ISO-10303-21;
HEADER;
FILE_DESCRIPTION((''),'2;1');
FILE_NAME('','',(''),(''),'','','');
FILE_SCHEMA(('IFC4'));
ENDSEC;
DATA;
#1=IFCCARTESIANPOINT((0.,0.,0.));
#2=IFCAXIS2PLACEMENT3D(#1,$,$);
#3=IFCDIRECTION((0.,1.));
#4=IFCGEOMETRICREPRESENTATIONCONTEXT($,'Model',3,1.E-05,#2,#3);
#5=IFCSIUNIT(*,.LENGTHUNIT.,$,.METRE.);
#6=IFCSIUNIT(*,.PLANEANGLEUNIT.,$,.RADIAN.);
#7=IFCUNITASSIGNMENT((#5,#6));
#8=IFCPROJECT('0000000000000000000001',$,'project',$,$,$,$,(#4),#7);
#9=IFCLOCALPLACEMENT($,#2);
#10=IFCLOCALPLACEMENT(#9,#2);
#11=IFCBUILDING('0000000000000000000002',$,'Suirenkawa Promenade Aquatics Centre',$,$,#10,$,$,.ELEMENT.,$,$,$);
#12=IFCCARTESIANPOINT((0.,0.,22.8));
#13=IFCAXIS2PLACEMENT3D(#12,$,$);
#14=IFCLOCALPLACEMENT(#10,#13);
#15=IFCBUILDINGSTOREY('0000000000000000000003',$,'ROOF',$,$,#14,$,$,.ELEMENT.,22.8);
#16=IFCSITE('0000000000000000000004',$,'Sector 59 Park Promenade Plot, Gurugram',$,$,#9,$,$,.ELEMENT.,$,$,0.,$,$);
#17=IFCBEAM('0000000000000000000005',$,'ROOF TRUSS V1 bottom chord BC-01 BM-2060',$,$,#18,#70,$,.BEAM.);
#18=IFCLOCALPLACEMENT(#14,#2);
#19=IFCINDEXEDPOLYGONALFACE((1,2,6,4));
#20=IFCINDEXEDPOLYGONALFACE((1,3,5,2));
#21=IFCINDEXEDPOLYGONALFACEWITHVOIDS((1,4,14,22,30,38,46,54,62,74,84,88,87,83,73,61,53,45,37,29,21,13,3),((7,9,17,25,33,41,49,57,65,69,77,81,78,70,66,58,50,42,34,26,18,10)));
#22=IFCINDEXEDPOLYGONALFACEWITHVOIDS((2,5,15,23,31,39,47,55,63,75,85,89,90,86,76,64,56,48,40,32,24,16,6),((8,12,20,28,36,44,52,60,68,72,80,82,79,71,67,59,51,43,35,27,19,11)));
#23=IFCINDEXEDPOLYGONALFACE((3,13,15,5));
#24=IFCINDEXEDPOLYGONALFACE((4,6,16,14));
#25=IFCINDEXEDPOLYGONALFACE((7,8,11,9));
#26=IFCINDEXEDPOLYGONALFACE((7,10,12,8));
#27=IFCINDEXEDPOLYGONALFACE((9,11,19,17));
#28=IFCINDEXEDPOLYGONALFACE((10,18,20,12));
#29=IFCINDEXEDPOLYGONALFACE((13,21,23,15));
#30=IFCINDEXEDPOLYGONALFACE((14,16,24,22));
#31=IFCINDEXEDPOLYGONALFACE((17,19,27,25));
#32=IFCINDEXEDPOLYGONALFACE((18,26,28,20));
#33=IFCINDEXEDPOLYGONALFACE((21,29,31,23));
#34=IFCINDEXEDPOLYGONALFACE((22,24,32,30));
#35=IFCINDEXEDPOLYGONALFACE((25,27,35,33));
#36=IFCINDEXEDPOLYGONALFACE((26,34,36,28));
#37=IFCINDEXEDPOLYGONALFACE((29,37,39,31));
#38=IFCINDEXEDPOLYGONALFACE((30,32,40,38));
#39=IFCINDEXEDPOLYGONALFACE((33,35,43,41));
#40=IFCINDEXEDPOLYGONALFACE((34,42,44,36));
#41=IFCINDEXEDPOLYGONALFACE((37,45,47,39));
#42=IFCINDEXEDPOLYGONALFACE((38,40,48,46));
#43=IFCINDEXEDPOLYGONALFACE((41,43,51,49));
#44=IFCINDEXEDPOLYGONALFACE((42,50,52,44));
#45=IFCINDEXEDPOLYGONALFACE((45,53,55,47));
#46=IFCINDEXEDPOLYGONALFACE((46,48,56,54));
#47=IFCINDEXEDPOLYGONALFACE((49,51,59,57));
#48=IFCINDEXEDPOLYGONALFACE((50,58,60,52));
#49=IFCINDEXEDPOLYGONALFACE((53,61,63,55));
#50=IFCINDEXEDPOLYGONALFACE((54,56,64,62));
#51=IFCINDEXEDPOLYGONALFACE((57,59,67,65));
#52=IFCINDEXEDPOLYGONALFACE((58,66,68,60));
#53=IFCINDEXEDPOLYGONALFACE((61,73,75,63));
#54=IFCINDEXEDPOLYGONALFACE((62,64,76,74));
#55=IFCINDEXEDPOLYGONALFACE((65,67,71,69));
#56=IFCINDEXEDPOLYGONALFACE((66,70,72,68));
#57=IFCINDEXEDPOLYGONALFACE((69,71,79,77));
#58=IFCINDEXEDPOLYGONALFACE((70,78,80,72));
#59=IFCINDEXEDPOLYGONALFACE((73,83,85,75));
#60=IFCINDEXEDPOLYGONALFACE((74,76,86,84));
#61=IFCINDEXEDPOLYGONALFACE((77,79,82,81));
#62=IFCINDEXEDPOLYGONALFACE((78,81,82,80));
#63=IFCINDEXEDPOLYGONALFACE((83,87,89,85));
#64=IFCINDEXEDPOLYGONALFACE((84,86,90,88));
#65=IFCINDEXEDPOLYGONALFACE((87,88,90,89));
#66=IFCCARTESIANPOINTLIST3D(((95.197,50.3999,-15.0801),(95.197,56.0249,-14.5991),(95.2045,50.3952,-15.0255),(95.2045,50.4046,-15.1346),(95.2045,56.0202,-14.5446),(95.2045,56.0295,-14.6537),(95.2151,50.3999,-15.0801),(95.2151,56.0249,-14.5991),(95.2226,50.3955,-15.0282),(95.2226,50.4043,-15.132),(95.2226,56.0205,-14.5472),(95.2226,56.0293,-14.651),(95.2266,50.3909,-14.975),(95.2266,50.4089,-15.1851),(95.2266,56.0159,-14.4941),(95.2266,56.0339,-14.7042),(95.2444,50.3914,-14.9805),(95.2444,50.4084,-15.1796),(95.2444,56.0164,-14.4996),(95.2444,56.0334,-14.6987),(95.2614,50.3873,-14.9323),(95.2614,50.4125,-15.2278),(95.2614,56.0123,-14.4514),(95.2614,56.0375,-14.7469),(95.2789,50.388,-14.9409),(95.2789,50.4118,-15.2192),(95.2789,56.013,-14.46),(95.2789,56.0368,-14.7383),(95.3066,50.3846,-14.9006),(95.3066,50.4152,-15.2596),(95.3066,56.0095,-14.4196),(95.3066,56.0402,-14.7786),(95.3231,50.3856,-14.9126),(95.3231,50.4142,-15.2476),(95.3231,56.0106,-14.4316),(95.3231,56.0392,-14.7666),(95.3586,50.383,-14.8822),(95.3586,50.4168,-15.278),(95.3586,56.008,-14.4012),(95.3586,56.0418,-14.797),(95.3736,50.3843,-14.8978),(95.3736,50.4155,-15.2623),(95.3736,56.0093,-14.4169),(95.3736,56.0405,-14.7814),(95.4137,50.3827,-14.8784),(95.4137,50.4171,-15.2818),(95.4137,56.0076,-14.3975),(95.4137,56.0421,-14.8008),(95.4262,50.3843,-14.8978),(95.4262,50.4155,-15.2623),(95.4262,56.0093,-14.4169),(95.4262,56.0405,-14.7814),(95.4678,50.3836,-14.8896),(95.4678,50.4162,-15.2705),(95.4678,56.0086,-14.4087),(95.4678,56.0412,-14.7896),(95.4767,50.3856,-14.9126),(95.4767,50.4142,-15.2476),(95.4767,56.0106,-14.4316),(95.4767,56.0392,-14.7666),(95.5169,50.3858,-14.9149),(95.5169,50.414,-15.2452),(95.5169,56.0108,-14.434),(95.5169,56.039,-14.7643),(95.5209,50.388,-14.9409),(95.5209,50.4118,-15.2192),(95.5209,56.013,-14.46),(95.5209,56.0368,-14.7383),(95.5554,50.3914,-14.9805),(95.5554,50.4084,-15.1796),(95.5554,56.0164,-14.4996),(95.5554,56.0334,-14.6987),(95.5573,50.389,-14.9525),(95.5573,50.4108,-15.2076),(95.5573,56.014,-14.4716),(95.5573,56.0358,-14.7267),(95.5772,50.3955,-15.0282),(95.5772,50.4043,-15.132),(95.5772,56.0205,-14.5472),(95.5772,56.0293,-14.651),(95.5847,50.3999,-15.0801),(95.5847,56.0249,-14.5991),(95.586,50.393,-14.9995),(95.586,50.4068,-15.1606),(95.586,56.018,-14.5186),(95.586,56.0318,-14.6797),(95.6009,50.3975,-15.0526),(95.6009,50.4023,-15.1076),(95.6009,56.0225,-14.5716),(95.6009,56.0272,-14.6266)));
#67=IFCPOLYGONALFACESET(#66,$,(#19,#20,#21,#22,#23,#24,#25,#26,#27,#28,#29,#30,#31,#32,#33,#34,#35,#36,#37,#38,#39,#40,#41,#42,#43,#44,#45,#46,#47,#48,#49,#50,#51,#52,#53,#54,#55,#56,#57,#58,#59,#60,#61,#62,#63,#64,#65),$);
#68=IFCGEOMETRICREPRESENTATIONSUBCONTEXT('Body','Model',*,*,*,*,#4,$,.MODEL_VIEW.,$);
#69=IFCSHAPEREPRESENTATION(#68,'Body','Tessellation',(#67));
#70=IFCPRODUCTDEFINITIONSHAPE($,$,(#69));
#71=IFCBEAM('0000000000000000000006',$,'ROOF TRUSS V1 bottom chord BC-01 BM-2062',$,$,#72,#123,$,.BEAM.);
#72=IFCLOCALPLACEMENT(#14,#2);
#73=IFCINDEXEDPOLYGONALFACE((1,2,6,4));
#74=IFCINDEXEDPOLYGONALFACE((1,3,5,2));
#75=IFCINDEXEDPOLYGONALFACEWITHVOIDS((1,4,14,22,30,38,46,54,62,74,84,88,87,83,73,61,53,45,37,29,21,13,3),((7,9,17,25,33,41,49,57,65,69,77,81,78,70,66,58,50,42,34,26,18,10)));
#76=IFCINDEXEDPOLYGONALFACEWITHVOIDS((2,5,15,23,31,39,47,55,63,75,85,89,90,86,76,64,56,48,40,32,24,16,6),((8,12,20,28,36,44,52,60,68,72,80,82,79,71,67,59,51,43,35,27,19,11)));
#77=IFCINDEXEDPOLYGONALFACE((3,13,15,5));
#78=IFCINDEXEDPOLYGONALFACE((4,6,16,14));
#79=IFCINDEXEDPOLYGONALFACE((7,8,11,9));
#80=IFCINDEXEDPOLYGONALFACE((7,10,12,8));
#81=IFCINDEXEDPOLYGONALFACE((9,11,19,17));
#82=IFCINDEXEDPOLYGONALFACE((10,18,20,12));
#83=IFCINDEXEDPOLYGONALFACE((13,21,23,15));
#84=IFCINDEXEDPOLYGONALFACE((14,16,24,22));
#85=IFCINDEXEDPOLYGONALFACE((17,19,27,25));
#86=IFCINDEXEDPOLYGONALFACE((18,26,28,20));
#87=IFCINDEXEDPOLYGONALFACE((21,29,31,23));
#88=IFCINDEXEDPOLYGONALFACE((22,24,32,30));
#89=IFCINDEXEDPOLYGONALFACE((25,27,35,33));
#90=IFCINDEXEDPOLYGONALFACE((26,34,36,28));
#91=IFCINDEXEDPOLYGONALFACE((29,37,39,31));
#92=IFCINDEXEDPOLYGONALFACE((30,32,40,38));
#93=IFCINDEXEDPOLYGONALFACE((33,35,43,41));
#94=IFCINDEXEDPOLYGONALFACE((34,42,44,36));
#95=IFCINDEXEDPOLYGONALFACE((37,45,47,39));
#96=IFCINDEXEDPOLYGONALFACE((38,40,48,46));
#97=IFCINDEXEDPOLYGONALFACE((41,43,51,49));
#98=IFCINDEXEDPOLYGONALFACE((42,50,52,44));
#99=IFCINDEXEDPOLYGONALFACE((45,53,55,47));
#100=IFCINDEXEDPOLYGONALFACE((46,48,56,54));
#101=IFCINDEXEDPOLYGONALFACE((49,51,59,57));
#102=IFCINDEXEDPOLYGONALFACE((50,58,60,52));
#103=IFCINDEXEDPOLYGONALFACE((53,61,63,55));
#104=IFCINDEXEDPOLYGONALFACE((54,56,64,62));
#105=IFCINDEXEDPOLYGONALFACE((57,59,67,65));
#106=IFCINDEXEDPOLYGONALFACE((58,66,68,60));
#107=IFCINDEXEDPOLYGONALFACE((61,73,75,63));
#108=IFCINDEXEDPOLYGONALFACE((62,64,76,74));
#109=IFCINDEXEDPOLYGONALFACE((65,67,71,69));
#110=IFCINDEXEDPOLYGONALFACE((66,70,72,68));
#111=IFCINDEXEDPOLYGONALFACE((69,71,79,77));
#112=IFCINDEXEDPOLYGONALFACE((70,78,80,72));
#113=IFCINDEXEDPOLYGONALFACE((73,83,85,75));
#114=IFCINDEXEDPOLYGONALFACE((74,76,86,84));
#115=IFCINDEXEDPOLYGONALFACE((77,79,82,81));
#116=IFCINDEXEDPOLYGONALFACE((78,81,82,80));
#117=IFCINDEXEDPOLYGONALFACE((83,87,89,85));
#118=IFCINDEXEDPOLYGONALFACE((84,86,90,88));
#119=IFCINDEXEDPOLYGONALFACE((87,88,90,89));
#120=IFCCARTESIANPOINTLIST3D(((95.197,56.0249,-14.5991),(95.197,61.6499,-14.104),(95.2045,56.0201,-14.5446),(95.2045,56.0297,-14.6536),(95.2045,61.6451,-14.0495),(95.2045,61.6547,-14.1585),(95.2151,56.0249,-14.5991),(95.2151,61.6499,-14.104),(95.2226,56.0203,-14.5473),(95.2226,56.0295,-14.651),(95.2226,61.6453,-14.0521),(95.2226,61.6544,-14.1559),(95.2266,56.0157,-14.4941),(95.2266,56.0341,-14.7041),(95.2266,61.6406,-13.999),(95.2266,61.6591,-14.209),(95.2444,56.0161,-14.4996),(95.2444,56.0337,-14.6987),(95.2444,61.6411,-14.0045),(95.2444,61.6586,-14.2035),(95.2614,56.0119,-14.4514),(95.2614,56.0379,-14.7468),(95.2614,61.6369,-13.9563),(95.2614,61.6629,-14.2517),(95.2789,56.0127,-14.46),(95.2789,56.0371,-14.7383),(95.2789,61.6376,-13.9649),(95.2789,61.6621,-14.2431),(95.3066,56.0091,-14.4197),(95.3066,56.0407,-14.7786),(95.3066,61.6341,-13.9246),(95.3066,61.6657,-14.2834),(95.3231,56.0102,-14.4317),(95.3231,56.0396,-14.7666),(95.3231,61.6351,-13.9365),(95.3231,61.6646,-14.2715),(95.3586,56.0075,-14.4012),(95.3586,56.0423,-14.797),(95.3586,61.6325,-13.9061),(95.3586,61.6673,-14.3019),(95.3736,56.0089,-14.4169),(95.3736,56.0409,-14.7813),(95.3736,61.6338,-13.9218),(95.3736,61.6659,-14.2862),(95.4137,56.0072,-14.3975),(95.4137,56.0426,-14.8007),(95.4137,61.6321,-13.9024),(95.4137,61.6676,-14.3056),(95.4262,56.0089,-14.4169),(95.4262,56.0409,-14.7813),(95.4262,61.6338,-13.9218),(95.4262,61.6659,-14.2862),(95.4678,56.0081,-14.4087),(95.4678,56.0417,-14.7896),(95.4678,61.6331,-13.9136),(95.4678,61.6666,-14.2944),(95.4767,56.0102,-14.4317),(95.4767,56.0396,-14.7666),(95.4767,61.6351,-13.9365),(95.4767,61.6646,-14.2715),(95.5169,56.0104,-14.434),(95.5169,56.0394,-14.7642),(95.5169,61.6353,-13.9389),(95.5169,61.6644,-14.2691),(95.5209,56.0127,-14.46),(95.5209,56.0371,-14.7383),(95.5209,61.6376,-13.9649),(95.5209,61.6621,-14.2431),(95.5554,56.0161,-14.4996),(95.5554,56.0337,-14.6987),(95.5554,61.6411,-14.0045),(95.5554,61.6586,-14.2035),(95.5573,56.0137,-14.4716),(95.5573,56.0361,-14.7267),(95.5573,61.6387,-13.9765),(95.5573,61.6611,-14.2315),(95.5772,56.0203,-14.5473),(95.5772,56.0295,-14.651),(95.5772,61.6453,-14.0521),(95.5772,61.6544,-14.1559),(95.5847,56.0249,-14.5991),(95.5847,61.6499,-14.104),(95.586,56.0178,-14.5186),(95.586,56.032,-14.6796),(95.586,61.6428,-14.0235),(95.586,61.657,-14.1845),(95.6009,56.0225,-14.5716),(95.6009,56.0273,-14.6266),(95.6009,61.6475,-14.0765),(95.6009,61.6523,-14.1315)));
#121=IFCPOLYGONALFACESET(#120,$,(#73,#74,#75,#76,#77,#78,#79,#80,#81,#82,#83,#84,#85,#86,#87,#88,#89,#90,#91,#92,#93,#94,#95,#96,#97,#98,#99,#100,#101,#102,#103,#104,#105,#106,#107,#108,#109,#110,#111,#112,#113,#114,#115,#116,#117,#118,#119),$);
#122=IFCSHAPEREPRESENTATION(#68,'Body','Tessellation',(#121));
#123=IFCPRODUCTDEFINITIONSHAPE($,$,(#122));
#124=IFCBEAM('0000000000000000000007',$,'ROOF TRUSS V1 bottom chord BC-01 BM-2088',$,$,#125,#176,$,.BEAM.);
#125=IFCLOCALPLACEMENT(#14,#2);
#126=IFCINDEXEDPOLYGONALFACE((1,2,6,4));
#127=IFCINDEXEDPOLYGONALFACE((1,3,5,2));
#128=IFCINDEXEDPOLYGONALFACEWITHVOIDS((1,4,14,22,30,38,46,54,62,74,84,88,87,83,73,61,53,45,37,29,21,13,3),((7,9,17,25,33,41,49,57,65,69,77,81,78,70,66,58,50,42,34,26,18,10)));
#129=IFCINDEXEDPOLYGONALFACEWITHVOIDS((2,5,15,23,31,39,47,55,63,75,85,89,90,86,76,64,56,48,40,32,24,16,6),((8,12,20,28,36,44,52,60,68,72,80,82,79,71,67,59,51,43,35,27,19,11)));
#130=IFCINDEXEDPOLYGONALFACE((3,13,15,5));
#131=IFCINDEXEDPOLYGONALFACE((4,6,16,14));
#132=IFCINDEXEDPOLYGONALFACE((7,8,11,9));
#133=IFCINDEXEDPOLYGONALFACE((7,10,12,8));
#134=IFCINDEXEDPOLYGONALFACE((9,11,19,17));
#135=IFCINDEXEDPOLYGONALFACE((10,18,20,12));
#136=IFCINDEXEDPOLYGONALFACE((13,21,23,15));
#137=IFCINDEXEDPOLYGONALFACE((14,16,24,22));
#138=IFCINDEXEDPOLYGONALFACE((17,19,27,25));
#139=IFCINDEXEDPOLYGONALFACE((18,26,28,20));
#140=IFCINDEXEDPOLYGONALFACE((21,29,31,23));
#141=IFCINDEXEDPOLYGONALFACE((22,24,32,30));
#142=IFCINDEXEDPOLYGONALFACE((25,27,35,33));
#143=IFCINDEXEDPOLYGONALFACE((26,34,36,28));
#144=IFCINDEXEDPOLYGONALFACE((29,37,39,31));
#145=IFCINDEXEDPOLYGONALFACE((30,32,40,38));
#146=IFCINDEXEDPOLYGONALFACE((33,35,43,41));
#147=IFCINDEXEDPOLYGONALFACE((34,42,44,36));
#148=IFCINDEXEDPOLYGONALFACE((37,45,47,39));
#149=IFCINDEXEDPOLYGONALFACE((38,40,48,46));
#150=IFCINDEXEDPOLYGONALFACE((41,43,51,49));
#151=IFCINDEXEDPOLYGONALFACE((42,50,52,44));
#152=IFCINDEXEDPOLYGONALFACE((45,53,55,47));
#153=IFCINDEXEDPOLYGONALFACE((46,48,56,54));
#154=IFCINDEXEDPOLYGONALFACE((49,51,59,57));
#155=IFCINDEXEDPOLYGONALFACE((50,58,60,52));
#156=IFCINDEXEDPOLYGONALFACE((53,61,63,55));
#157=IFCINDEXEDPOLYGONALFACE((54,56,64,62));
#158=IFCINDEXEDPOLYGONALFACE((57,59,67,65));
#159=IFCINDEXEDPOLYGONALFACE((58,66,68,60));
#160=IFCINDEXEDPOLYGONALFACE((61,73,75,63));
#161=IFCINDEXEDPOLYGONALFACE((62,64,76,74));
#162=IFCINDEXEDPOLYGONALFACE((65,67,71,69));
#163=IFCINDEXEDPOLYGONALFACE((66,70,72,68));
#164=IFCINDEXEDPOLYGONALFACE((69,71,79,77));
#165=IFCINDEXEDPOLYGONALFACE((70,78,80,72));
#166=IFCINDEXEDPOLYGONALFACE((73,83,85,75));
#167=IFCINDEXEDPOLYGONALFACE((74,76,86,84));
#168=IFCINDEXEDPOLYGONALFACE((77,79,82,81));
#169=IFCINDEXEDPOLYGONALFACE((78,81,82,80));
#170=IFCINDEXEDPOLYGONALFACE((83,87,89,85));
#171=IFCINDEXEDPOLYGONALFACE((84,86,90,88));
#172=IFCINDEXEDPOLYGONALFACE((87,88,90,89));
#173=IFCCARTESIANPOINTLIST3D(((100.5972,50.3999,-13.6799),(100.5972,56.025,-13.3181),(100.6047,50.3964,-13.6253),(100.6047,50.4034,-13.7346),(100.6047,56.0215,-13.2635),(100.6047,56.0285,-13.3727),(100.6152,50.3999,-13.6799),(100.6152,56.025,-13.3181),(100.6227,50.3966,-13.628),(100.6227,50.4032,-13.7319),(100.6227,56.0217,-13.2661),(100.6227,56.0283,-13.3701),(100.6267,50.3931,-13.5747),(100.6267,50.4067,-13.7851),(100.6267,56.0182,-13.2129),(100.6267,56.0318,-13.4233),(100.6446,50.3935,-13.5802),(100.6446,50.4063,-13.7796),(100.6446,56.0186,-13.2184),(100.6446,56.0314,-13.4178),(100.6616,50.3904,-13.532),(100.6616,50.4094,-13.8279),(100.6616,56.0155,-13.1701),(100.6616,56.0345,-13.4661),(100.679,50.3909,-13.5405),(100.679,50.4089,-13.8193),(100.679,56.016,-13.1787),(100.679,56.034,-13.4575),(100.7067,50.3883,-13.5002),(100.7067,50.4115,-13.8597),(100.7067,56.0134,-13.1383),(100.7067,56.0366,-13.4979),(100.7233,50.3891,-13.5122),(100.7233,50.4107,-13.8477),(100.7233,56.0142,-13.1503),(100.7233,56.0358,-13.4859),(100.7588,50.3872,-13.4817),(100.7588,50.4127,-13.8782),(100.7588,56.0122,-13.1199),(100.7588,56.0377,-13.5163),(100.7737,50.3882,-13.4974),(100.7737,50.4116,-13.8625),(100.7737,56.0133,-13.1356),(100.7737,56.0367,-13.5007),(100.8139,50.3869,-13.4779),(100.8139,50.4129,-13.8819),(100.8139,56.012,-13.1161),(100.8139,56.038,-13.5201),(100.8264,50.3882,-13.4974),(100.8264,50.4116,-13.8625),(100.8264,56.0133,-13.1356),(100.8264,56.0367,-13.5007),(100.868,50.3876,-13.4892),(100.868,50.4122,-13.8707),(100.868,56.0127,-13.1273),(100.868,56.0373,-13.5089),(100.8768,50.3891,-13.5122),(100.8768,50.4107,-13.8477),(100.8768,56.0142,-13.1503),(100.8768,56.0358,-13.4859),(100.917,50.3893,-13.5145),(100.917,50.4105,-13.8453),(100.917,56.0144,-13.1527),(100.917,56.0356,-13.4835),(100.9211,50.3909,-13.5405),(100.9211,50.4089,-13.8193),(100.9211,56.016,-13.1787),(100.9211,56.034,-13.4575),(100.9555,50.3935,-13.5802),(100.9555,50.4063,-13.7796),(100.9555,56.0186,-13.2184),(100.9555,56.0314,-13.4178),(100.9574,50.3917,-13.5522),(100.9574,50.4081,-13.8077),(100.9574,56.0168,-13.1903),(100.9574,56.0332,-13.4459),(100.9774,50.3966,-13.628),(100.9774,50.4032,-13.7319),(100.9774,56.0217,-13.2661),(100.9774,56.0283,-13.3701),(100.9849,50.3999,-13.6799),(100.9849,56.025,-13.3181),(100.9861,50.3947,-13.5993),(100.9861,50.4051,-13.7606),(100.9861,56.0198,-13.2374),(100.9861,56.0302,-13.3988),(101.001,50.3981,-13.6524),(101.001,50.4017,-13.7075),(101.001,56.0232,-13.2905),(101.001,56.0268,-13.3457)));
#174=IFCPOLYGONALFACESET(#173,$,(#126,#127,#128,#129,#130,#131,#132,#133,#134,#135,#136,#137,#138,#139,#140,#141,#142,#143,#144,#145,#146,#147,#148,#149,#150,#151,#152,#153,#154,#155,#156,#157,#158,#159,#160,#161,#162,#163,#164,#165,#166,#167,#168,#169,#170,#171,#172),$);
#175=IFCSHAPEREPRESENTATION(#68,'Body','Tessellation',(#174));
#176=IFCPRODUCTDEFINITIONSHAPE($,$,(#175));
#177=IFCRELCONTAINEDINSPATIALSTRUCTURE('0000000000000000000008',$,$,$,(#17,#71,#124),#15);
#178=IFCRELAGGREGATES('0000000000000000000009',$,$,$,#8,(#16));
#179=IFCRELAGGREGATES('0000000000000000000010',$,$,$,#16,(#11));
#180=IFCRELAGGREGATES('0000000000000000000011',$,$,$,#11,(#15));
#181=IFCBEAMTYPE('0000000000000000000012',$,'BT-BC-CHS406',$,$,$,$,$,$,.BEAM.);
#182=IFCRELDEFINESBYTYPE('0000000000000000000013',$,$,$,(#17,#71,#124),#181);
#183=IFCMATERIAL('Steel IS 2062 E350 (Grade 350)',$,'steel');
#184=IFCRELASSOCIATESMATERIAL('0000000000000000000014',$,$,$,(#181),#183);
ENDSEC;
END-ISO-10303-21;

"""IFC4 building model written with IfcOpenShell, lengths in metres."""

from ifc_helpers import new_model, si_unit, direction, frame, origin, origin_2d, place, context, subcontext, project, spatial, hollow_circle, extrude, material, material_profile, profile_set, type_object, element, save


model = new_model("IFC4")

# Units and contexts
model_context = context("Model", 3, precision=1e-05, world=origin(), true_north=direction((0.0, 1.0)))
body_context = subcontext(model_context, "Body", "Model", "MODEL_VIEW")
ifc_project = project(units=[si_unit("LENGTHUNIT", "METRE"), si_unit("PLANEANGLEUNIT", "RADIAN")], contexts=[model_context])

# Site, building, storey
site_placement = place(None, origin())
site = spatial("IfcSite", under=ifc_project, at=site_placement, Name="Sector 59 Park Promenade Plot, Gurugram", CompositionType="ELEMENT", RefElevation=0.0)
building_placement = place(site_placement, origin())
building = spatial("IfcBuilding", under=site, at=building_placement, Name="Suirenkawa Promenade Aquatics Centre", CompositionType="ELEMENT")
storey_placement = place(building_placement, frame((0.0, 0.0, 22.8)))
storey = spatial("IfcBuildingStorey", under=building, at=storey_placement, Name="ROOF", CompositionType="ELEMENT", Elevation=22.8)

# Beams
ifc_material_1 = material(Name="Steel IS 2062 E350 (Grade 350)", Category="steel")
ifc_material_profile_1 = material_profile(ifc_material_1, hollow_circle(Radius=0.2029, WallThickness=0.0181, at=origin_2d()), Name="CHS 406x18", Category="steel")
ifc_profile_set_1 = profile_set([ifc_material_profile_1], Name="Steel IS 2062 E350 (Grade 350)")
beam_type_1 = type_object("IfcBeamType", Name="BT-BC-CHS406", PredefinedType="BEAM", material=ifc_profile_set_1)
beam_1_placement = place(storey_placement, frame((95.3999, 50.3999, -15.0801), z_axis=(0.0, 0.996364, 0.085193), x_axis=(-1.0, 0.0, 0.0)))
element("IfcBeam", 1, at=beam_1_placement, inside=storey, type_object=beam_type_1, Name="ROOF TRUSS V1 bottom chord BC-01 BM-2060", PredefinedType="BEAM", context=body_context, shape_type="SweptSolid", body=[
    extrude(hollow_circle(Radius=0.2029, WallThickness=0.0181, at=origin_2d()), origin(), (0.0, 0.0, 1.0), 5.6455),
])
beam_2_placement = place(storey_placement, frame((95.3999, 56.0249, -14.5991), z_axis=(0.0, 0.996149, 0.087682), x_axis=(-1.0, 0.0, 0.0)))
element("IfcBeam", 2, at=beam_2_placement, inside=storey, type_object=beam_type_1, Name="ROOF TRUSS V1 bottom chord BC-01 BM-2062", PredefinedType="BEAM", context=body_context, shape_type="SweptSolid", body=[
    extrude(hollow_circle(Radius=0.2029, WallThickness=0.0181, at=origin_2d()), origin(), (0.0, 0.0, 1.0), 5.6467),
])
beam_3_placement = place(storey_placement, frame((100.8, 50.3999, -13.6799), z_axis=(0.0, 0.997938, 0.06419), x_axis=(-1.0, 0.0, 0.0)))
element("IfcBeam", 3, at=beam_3_placement, inside=storey, type_object=beam_type_1, Name="ROOF TRUSS V1 bottom chord BC-01 BM-2088", PredefinedType="BEAM", context=body_context, shape_type="SweptSolid", body=[
    extrude(hollow_circle(Radius=0.2029, WallThickness=0.0181, at=origin_2d()), origin(), (0.0, 0.0, 1.0), 5.6367),
])

save(model, "model.ifc")
